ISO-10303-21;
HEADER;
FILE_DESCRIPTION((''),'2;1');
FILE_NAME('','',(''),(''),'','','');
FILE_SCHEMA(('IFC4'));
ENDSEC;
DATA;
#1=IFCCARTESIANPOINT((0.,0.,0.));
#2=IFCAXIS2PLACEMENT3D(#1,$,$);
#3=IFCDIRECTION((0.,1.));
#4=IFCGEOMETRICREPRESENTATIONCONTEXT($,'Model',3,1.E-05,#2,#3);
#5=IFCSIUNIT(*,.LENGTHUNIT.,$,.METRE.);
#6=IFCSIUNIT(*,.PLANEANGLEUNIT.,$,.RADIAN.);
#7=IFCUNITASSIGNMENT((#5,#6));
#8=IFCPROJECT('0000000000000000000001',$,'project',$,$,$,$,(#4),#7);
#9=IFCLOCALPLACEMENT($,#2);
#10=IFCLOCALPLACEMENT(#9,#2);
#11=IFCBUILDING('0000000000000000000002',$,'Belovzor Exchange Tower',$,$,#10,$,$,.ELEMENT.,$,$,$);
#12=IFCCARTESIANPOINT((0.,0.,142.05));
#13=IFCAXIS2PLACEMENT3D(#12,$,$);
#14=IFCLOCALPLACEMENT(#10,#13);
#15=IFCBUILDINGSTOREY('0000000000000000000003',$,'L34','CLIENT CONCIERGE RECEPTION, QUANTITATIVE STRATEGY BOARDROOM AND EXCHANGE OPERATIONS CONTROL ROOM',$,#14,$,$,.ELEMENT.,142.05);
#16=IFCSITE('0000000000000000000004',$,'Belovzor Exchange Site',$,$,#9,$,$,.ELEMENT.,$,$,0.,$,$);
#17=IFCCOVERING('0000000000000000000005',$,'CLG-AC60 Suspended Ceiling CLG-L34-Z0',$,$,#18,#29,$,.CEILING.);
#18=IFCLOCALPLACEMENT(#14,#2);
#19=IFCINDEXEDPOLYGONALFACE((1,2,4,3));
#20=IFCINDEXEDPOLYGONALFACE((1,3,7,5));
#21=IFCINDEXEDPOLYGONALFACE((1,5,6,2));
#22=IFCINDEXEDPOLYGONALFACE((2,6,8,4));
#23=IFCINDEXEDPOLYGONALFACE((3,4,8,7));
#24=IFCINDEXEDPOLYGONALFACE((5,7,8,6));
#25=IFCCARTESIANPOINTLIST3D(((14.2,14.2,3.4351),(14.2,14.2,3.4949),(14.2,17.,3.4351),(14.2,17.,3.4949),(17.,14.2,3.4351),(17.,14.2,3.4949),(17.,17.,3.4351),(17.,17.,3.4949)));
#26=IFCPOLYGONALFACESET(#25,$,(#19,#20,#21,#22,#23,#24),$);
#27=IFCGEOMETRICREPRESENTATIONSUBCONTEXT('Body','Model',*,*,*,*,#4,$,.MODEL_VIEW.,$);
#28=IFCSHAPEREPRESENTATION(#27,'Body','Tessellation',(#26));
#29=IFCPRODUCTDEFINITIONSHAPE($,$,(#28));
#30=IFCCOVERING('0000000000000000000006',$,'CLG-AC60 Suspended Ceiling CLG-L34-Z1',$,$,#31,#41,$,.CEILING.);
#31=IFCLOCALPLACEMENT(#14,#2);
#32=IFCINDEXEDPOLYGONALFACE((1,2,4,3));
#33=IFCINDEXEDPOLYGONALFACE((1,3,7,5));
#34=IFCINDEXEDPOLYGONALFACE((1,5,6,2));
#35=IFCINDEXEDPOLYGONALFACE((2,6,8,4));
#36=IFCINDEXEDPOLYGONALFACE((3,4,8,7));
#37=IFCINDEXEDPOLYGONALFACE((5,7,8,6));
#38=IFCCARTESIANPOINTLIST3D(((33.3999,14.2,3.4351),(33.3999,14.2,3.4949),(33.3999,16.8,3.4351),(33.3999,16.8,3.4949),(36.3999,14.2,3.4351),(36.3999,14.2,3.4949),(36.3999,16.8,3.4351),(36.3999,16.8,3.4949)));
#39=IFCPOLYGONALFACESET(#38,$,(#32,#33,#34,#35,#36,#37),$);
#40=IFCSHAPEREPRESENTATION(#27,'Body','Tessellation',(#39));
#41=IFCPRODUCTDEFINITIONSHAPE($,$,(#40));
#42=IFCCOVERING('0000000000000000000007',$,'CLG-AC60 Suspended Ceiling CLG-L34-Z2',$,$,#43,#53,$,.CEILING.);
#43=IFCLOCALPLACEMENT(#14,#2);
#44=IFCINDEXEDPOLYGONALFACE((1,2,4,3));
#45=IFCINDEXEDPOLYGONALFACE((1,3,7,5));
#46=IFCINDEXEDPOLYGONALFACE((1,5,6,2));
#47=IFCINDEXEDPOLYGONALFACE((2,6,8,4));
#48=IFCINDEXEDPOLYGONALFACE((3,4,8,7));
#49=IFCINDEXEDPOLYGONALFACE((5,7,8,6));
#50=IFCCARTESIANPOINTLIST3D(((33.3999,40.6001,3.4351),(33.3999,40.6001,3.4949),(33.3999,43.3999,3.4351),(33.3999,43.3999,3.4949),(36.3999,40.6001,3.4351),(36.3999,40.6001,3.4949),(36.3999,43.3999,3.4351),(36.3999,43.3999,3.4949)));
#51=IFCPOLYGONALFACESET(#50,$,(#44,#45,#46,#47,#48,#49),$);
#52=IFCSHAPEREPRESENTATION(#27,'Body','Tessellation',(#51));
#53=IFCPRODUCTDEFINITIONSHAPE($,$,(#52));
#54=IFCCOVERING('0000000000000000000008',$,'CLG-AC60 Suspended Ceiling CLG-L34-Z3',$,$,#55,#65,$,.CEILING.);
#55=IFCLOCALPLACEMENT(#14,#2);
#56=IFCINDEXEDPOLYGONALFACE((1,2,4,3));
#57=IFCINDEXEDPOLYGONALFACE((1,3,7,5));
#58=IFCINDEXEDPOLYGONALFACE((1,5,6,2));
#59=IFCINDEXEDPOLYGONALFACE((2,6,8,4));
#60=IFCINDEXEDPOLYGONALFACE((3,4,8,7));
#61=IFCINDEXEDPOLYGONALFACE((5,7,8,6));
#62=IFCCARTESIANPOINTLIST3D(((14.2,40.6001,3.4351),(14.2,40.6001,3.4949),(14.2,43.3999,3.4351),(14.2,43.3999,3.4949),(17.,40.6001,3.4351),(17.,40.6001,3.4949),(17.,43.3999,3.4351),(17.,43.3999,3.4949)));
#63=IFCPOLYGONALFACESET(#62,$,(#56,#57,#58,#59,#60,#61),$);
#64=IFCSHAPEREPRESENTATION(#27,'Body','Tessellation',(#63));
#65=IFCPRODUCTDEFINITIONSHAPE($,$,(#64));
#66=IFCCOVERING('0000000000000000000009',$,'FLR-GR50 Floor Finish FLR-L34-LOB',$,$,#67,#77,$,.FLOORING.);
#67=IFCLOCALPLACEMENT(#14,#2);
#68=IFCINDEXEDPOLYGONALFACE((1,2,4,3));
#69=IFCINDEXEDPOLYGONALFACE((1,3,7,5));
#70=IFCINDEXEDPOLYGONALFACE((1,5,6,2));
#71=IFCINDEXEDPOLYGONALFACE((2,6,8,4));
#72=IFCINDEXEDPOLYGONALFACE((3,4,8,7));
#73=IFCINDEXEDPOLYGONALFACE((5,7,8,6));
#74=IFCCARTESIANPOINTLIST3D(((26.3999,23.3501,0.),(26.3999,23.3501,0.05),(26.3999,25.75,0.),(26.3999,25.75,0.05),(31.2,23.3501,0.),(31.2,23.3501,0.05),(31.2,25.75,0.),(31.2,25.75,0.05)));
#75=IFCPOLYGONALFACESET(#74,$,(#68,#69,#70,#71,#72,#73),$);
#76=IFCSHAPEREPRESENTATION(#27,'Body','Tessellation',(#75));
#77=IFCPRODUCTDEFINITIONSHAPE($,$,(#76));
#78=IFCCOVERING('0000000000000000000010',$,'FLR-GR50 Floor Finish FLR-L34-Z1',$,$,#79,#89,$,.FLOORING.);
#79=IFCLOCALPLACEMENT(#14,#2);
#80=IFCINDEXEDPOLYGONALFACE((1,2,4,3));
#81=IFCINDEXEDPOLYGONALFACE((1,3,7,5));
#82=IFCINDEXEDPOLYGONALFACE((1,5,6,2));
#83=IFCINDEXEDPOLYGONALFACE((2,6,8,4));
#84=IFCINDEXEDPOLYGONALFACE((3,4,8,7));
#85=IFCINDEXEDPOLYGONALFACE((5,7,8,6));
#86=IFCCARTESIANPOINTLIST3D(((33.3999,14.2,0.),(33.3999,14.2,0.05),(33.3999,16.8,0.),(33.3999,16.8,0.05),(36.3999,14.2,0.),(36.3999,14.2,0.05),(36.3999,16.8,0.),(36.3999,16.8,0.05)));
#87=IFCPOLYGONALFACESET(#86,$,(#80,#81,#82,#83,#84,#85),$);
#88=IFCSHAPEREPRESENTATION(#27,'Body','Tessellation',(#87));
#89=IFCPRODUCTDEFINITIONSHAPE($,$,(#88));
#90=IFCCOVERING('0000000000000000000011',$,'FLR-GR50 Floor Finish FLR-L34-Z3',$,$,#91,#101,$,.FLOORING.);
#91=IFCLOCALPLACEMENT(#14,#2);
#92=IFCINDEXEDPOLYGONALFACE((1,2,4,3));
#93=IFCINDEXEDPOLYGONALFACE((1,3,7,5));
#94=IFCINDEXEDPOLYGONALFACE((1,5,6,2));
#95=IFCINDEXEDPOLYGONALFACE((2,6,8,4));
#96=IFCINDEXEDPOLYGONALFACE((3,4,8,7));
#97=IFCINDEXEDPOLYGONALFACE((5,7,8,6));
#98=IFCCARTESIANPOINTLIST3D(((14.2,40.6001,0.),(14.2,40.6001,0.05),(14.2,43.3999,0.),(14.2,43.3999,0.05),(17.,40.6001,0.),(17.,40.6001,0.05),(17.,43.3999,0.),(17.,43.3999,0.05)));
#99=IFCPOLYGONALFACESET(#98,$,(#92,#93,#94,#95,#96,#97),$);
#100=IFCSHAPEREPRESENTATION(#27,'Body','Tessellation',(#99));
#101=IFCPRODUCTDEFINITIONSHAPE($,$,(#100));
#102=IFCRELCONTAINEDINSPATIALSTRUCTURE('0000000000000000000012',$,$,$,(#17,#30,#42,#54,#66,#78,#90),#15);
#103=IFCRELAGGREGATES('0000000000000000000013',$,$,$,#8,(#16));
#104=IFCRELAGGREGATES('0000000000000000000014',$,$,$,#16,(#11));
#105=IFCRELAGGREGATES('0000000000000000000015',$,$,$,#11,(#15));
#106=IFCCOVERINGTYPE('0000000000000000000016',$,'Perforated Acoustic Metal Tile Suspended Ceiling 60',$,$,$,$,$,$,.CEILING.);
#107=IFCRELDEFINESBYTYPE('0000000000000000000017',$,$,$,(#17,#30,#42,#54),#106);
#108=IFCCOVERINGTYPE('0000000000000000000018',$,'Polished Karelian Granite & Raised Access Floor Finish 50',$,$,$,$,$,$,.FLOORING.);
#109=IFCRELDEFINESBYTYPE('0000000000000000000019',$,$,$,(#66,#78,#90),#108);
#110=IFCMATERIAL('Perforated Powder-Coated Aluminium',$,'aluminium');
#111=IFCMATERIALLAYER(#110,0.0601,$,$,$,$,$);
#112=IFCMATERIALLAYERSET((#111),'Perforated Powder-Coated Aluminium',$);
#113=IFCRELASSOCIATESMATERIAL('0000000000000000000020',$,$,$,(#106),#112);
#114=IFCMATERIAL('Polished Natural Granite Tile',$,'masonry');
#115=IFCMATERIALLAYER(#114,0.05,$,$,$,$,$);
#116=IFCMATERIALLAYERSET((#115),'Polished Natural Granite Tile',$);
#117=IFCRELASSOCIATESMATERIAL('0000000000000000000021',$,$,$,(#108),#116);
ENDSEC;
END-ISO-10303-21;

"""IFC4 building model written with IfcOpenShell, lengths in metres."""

from ifc_helpers import new_model, si_unit, direction, frame, origin, place, context, subcontext, project, spatial, polyline, outline, extrude, material, layer, layer_set, type_object, element, save


model = new_model("IFC4")

# Units and contexts
model_context = context("Model", 3, precision=1e-05, world=origin(), true_north=direction((0.0, 1.0)))
body_context = subcontext(model_context, "Body", "Model", "MODEL_VIEW")
ifc_project = project(units=[si_unit("LENGTHUNIT", "METRE"), si_unit("PLANEANGLEUNIT", "RADIAN")], contexts=[model_context])

# Site, building, storey
site_placement = place(None, origin())
site = spatial("IfcSite", under=ifc_project, at=site_placement, Name="Belovzor Exchange Site", CompositionType="ELEMENT", RefElevation=0.0)
building_placement = place(site_placement, origin())
building = spatial("IfcBuilding", under=site, at=building_placement, Name="Belovzor Exchange Tower", CompositionType="ELEMENT")
storey_placement = place(building_placement, frame((0.0, 0.0, 142.05)))
storey = spatial("IfcBuildingStorey", under=building, at=storey_placement, Name="L34", Description="CLIENT CONCIERGE RECEPTION, QUANTITATIVE STRATEGY BOARDROOM AND EXCHANGE OPERATIONS CONTROL ROOM", CompositionType="ELEMENT", Elevation=142.05)

# Coverings
ifc_material_1 = material(Name="Perforated Powder-Coated Aluminium", Category="aluminium")
ifc_layer_1 = layer(ifc_material_1, 0.0601)
ifc_layer_set_1 = layer_set([ifc_layer_1], Name="Perforated Powder-Coated Aluminium")
covering_type_1 = type_object("IfcCoveringType", Name="Perforated Acoustic Metal Tile Suspended Ceiling 60", PredefinedType="CEILING", material=ifc_layer_set_1)
covering_1_placement = place(storey_placement, frame((0.0, 0.0, 3.4351)))
element("IfcCovering", 1, at=covering_1_placement, inside=storey, type_object=covering_type_1, Name="CLG-AC60 Suspended Ceiling CLG-L34-Z0", PredefinedType="CEILING", context=body_context, shape_type="SweptSolid", body=[
    extrude(outline(polyline([(14.2, 14.2), (17.0, 14.2), (17.0, 17.0), (14.2, 17.0), (14.2, 14.2)])), origin(), (0.0, 0.0, 1.0), 0.0598),
])
covering_2_placement = place(storey_placement, frame((0.0, 0.0, 3.4351)))
element("IfcCovering", 2, at=covering_2_placement, inside=storey, type_object=covering_type_1, Name="CLG-AC60 Suspended Ceiling CLG-L34-Z1", PredefinedType="CEILING", context=body_context, shape_type="SweptSolid", body=[
    extrude(outline(polyline([(33.3999, 14.2), (36.3999, 14.2), (36.3999, 16.8), (33.3999, 16.8), (33.3999, 14.2)])), origin(), (0.0, 0.0, 1.0), 0.0598),
])
covering_3_placement = place(storey_placement, frame((0.0, 0.0, 3.4351)))
element("IfcCovering", 3, at=covering_3_placement, inside=storey, type_object=covering_type_1, Name="CLG-AC60 Suspended Ceiling CLG-L34-Z2", PredefinedType="CEILING", context=body_context, shape_type="SweptSolid", body=[
    extrude(outline(polyline([(33.3999, 40.6001), (36.3999, 40.6001), (36.3999, 43.3999), (33.3999, 43.3999), (33.3999, 40.6001)])), origin(), (0.0, 0.0, 1.0), 0.0598),
])
covering_4_placement = place(storey_placement, frame((0.0, 0.0, 3.4351)))
element("IfcCovering", 4, at=covering_4_placement, inside=storey, type_object=covering_type_1, Name="CLG-AC60 Suspended Ceiling CLG-L34-Z3", PredefinedType="CEILING", context=body_context, shape_type="SweptSolid", body=[
    extrude(outline(polyline([(14.2, 40.6001), (17.0, 40.6001), (17.0, 43.3999), (14.2, 43.3999), (14.2, 40.6001)])), origin(), (0.0, 0.0, 1.0), 0.0598),
])
ifc_material_2 = material(Name="Polished Natural Granite Tile", Category="masonry")
ifc_layer_2 = layer(ifc_material_2, 0.05)
ifc_layer_set_2 = layer_set([ifc_layer_2], Name="Polished Natural Granite Tile")
covering_type_2 = type_object("IfcCoveringType", Name="Polished Karelian Granite & Raised Access Floor Finish 50", PredefinedType="FLOORING", material=ifc_layer_set_2)
covering_5_placement = place(storey_placement, origin())
element("IfcCovering", 5, at=covering_5_placement, inside=storey, type_object=covering_type_2, Name="FLR-GR50 Floor Finish FLR-L34-LOB", PredefinedType="FLOORING", context=body_context, shape_type="SweptSolid", body=[
    extrude(outline(polyline([(26.3999, 23.3501), (31.2, 23.3501), (31.2, 25.75), (26.3999, 25.75), (26.3999, 23.3501)])), origin(), (0.0, 0.0, 1.0), 0.05),
])
covering_6_placement = place(storey_placement, origin())
element("IfcCovering", 6, at=covering_6_placement, inside=storey, type_object=covering_type_2, Name="FLR-GR50 Floor Finish FLR-L34-Z1", PredefinedType="FLOORING", context=body_context, shape_type="SweptSolid", body=[
    extrude(outline(polyline([(33.3999, 14.2), (36.3999, 14.2), (36.3999, 16.8), (33.3999, 16.8), (33.3999, 14.2)])), origin(), (0.0, 0.0, 1.0), 0.05),
])
covering_7_placement = place(storey_placement, origin())
element("IfcCovering", 7, at=covering_7_placement, inside=storey, type_object=covering_type_2, Name="FLR-GR50 Floor Finish FLR-L34-Z3", PredefinedType="FLOORING", context=body_context, shape_type="SweptSolid", body=[
    extrude(outline(polyline([(14.2, 40.6001), (17.0, 40.6001), (17.0, 43.3999), (14.2, 43.3999), (14.2, 40.6001)])), origin(), (0.0, 0.0, 1.0), 0.05),
])

save(model, "model.ifc")
